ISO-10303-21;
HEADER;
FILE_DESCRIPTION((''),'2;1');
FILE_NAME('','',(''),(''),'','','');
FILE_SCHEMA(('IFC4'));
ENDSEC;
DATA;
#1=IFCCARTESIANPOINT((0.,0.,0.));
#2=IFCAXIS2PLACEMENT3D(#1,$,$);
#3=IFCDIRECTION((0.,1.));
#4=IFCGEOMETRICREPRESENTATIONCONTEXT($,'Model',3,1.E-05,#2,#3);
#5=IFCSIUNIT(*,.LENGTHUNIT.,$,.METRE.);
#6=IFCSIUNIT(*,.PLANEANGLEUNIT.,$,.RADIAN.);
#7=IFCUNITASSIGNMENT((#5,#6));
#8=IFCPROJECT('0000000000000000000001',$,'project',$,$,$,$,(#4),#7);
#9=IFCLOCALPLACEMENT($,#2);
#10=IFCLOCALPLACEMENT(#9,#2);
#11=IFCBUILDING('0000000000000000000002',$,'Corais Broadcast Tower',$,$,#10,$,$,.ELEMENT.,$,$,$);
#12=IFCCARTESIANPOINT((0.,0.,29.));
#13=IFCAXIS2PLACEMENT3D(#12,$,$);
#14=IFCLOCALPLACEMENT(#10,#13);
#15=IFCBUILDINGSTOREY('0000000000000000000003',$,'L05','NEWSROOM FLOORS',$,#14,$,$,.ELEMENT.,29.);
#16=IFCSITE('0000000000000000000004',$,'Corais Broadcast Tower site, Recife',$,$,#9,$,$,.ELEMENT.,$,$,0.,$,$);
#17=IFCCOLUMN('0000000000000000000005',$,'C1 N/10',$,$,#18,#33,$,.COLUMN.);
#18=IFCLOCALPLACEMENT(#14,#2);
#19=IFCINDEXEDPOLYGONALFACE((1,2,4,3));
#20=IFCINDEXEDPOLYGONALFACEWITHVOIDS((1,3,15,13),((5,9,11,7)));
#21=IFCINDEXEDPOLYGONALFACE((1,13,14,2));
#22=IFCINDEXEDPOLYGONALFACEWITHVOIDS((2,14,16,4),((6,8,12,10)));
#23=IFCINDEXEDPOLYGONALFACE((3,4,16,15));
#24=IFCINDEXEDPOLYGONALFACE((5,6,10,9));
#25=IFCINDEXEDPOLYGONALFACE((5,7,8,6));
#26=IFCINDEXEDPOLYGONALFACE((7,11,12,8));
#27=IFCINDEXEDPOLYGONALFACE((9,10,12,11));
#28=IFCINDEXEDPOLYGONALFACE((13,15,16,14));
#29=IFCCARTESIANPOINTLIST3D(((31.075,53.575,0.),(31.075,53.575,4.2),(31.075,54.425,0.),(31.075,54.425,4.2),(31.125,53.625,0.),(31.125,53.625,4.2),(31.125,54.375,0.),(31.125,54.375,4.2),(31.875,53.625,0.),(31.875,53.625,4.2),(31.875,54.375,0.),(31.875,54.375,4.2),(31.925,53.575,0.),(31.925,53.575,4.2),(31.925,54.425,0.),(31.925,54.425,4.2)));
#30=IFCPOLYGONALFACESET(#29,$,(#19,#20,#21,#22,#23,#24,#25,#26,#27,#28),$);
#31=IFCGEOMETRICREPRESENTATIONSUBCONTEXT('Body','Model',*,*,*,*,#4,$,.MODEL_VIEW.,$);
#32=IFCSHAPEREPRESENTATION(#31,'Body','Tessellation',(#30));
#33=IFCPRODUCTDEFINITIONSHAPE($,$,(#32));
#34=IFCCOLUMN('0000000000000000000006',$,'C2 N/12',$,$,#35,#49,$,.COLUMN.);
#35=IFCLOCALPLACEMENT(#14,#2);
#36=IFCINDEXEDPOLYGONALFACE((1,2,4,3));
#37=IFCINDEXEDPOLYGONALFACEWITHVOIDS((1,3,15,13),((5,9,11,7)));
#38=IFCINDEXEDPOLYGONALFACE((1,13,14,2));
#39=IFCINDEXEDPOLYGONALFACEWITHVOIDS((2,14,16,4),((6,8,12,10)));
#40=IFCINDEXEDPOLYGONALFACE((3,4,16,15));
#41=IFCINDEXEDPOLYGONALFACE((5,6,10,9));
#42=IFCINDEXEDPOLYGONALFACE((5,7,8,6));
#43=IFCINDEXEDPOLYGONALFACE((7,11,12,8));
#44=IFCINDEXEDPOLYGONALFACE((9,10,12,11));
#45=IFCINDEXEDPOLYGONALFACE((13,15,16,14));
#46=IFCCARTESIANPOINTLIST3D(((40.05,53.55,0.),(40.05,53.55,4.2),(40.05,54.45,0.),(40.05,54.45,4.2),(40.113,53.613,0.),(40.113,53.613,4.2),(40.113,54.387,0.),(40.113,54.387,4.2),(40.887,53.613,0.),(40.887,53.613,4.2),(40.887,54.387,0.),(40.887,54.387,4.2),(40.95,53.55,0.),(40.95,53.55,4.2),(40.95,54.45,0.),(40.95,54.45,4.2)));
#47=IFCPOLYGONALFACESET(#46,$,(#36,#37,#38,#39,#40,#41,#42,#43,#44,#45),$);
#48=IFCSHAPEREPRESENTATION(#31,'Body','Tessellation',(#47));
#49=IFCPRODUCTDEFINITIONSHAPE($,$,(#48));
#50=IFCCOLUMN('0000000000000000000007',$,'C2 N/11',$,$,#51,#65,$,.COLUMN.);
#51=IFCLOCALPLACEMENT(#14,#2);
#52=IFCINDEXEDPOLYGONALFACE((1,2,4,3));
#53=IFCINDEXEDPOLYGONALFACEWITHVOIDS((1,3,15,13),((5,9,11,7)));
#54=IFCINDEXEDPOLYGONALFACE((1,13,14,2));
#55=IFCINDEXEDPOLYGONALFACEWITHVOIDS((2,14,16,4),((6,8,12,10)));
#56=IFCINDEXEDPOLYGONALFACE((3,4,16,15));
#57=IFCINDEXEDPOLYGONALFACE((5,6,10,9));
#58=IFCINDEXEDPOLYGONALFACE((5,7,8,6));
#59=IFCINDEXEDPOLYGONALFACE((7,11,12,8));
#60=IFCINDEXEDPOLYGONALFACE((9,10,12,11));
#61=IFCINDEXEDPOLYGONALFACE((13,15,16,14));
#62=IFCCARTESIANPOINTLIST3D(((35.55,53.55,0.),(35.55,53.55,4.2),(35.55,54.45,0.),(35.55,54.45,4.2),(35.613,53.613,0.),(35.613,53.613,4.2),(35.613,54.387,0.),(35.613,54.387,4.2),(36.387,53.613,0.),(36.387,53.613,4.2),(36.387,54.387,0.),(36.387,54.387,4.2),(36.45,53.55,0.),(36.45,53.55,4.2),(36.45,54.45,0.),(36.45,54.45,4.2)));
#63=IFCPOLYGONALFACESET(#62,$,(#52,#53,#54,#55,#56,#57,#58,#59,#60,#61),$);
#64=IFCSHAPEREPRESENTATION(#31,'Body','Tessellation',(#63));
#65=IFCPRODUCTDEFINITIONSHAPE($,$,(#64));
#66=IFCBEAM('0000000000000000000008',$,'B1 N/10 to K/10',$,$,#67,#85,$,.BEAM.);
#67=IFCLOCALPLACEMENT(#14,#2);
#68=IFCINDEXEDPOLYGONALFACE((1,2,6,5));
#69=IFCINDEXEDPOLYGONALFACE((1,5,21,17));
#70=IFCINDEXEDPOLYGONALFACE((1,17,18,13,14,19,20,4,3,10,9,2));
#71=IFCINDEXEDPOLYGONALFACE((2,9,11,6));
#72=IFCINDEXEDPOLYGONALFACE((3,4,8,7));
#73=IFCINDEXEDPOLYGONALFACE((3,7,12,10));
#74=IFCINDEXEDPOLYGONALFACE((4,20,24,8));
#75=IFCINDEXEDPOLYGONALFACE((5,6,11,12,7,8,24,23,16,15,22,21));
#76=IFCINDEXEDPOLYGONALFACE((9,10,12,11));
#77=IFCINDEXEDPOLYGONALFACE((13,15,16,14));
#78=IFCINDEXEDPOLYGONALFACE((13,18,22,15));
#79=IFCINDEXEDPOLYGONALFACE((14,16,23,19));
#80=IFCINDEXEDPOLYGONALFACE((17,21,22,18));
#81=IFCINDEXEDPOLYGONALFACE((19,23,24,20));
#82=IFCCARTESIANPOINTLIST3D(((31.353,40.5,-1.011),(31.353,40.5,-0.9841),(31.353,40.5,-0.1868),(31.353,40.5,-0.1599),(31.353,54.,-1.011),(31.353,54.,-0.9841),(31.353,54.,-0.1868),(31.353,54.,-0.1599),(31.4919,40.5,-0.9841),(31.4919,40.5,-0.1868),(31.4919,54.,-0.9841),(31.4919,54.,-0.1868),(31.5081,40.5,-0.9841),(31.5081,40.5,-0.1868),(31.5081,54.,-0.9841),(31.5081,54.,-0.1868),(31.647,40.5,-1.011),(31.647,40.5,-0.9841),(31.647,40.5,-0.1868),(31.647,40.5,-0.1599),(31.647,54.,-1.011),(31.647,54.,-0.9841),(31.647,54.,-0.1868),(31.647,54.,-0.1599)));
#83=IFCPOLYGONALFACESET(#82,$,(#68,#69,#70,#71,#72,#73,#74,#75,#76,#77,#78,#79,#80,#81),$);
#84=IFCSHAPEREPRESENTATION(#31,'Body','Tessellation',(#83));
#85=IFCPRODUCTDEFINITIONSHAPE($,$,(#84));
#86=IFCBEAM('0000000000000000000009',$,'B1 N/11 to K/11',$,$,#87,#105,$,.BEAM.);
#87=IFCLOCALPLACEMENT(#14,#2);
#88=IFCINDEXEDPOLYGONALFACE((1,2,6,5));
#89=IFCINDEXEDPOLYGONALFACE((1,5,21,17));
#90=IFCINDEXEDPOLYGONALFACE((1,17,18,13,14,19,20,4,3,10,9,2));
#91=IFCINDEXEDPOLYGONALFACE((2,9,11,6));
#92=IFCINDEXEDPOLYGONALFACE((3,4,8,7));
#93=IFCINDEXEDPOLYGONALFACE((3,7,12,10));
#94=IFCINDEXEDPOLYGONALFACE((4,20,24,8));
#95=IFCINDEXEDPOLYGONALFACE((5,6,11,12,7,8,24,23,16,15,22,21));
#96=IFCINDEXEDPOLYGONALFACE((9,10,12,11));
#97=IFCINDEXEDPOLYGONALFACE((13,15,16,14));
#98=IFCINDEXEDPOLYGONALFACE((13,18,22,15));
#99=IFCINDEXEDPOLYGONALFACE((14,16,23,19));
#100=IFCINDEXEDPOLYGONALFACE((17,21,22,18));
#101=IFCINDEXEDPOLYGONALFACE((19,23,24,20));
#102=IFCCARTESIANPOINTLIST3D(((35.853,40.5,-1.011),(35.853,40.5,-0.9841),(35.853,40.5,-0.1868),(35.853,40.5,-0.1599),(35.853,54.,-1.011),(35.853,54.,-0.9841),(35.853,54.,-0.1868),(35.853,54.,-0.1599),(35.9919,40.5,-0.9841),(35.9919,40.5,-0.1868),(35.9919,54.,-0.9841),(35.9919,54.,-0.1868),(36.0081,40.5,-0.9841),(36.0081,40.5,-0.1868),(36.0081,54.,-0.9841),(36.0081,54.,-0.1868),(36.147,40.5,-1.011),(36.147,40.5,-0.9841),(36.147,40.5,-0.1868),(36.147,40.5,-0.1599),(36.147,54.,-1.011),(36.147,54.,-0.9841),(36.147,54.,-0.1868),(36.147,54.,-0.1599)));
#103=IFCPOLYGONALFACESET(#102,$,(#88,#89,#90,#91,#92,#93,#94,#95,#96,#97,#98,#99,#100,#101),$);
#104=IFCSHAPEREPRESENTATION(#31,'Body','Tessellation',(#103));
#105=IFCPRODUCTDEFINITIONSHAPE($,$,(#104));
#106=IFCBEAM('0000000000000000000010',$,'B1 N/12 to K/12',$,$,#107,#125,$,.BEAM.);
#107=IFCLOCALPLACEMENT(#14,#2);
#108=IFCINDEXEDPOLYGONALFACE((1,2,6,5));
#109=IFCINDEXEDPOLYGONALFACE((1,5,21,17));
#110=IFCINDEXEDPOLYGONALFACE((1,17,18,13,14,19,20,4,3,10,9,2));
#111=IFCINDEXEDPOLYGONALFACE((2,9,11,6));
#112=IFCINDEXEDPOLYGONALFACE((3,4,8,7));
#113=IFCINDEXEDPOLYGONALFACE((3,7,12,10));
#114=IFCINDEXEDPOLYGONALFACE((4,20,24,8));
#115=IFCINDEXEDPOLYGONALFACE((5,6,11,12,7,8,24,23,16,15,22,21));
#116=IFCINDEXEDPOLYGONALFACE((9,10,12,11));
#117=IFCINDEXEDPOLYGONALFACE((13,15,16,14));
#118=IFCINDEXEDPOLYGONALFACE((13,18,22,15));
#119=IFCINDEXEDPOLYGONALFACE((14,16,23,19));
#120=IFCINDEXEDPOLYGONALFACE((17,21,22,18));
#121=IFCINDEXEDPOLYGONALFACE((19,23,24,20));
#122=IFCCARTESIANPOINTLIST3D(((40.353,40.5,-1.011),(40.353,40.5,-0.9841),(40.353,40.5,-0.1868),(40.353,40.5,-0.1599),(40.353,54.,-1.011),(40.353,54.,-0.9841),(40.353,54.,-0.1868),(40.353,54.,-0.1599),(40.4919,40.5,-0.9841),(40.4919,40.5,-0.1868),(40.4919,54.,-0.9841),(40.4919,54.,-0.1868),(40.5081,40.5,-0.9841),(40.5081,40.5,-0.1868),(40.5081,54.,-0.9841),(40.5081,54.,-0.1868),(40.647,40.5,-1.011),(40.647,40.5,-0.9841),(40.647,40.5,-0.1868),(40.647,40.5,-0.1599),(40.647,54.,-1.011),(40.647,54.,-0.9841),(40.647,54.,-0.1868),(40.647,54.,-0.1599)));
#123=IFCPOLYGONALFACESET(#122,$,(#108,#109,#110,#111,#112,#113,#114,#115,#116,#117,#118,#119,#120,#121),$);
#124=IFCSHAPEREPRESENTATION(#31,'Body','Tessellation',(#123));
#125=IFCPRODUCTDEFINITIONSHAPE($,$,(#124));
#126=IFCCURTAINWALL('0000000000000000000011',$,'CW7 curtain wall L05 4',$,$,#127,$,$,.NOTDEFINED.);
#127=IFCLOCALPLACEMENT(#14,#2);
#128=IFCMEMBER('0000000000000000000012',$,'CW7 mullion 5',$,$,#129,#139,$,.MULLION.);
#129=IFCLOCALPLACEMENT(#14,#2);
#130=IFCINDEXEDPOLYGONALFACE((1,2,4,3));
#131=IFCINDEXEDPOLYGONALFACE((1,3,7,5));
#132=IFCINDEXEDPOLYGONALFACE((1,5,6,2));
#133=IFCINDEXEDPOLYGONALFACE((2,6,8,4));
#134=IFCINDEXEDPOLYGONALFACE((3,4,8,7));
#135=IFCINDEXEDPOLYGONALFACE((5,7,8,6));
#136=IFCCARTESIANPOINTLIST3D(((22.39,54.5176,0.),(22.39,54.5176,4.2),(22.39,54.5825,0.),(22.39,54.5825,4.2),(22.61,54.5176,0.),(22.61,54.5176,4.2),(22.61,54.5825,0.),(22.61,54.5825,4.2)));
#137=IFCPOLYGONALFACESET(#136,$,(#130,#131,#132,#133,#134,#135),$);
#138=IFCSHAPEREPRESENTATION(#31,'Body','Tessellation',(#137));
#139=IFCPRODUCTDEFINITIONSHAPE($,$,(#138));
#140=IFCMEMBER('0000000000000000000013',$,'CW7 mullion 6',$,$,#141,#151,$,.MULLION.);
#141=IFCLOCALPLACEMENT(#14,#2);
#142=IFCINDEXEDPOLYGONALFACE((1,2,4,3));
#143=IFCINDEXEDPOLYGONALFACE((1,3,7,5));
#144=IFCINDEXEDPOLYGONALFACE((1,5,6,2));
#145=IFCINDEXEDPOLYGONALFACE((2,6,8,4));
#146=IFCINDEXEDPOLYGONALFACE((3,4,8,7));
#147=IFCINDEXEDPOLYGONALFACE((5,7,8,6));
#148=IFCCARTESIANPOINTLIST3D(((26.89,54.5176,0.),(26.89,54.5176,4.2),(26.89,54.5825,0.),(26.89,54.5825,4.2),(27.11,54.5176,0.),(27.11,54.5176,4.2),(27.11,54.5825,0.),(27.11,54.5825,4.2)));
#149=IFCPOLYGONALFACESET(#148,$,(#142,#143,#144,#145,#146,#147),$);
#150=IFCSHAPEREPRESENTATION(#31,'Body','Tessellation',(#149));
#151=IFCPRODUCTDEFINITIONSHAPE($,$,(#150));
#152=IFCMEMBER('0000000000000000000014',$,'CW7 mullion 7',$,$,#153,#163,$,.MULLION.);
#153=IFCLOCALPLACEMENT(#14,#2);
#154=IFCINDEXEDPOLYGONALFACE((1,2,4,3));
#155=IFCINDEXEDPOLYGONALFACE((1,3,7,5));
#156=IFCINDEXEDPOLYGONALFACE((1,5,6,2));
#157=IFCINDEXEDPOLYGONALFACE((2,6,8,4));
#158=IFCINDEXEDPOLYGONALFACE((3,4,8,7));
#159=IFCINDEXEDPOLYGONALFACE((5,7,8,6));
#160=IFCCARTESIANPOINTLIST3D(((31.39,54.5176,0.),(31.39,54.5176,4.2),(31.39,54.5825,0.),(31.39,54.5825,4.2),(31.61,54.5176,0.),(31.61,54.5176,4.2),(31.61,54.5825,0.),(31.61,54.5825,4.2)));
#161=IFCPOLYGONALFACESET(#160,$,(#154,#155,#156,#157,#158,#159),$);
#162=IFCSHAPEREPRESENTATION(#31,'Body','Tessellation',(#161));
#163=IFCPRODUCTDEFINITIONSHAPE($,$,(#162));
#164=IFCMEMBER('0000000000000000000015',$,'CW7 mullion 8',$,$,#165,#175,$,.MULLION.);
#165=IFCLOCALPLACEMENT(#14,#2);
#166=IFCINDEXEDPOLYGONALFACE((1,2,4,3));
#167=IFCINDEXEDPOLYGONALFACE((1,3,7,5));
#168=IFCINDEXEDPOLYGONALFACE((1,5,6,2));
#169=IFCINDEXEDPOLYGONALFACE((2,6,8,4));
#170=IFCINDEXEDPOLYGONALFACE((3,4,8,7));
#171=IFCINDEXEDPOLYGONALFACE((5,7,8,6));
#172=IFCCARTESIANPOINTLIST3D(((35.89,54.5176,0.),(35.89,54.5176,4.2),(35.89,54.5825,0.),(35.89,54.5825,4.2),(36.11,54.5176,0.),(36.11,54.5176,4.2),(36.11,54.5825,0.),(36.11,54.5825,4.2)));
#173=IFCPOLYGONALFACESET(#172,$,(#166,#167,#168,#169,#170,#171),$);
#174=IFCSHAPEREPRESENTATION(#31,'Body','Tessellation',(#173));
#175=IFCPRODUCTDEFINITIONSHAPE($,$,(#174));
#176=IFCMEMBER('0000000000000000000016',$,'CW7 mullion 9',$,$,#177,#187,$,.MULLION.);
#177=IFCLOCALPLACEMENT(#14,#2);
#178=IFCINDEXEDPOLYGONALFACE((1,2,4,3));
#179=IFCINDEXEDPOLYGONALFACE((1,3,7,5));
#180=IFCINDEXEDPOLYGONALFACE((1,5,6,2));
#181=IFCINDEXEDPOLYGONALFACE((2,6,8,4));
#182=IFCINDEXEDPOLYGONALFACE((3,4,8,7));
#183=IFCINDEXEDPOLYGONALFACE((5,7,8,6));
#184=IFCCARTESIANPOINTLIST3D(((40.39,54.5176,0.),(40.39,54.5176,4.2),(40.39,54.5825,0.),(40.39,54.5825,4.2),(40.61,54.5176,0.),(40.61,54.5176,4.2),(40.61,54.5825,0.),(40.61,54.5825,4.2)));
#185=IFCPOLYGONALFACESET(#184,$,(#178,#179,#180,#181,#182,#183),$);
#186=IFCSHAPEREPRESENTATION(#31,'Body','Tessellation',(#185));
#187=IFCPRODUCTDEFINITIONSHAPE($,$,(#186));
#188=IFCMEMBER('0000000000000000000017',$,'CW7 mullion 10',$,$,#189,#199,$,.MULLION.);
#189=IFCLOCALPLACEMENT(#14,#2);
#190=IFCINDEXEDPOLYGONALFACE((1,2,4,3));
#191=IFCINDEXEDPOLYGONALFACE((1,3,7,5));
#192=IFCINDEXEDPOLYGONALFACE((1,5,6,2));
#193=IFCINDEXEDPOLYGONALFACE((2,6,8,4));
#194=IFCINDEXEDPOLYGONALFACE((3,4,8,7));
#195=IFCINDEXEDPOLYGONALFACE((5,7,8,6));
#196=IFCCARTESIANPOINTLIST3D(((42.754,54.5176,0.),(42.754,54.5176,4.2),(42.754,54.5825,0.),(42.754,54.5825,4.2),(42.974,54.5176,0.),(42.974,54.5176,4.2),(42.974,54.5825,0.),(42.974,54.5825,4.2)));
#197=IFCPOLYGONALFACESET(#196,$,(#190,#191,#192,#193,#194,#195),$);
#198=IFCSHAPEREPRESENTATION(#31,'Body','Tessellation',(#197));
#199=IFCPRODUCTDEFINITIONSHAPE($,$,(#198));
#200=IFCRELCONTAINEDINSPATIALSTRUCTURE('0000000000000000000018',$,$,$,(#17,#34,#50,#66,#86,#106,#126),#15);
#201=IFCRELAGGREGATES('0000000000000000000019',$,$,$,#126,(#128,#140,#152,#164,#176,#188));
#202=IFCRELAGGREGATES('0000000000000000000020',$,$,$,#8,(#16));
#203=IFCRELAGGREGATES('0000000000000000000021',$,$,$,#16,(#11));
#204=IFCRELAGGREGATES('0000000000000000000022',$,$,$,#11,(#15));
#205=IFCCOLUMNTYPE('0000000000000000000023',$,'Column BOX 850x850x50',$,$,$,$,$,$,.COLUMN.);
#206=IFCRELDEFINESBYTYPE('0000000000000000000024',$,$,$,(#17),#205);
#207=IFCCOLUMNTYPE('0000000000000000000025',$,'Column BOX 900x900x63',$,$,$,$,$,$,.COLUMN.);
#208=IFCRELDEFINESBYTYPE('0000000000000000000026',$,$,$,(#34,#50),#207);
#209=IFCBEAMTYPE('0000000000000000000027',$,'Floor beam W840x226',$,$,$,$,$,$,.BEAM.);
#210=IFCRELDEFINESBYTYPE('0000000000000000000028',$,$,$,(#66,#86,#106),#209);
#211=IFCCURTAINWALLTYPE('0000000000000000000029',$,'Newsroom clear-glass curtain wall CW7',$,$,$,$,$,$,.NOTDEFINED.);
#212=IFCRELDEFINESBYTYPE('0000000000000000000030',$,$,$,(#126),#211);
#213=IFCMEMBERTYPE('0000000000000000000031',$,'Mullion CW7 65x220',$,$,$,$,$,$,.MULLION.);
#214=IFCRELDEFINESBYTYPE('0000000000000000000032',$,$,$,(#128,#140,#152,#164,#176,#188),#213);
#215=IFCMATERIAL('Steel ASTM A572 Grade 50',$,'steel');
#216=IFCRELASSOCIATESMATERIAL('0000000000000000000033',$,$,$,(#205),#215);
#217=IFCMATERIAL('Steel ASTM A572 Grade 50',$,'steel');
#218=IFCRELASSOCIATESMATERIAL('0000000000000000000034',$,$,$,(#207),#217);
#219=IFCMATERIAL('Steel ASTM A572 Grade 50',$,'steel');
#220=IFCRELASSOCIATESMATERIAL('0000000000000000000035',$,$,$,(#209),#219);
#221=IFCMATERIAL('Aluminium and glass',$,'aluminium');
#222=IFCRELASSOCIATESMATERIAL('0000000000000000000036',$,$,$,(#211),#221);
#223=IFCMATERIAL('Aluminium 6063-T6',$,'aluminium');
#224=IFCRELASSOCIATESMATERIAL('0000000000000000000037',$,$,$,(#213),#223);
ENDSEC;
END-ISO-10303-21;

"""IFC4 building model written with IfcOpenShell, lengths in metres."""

from ifc_helpers import new_model, si_unit, direction, frame, origin, origin_2d, place, context, subcontext, project, spatial, rectangle, hollow_rectangle, i_section, extrude, material, material_profile, profile_set, type_object, element, aggregate, save


model = new_model("IFC4")

# Units and contexts
model_context = context("Model", 3, precision=1e-05, world=origin(), true_north=direction((0.0, 1.0)))
body_context = subcontext(model_context, "Body", "Model", "MODEL_VIEW")
ifc_project = project(units=[si_unit("LENGTHUNIT", "METRE"), si_unit("PLANEANGLEUNIT", "RADIAN")], contexts=[model_context])

# Site, building, storey
site_placement = place(None, origin())
site = spatial("IfcSite", under=ifc_project, at=site_placement, Name="Corais Broadcast Tower site, Recife", CompositionType="ELEMENT", RefElevation=0.0)
building_placement = place(site_placement, origin())
building = spatial("IfcBuilding", under=site, at=building_placement, Name="Corais Broadcast Tower", CompositionType="ELEMENT")
storey_placement = place(building_placement, frame((0.0, 0.0, 29.0)))
storey = spatial("IfcBuildingStorey", under=building, at=storey_placement, Name="L05", Description="NEWSROOM FLOORS", CompositionType="ELEMENT", Elevation=29.0)

# Columns
ifc_material_1 = material(Name="Steel ASTM A572 Grade 50", Category="steel")
ifc_material_profile_1 = material_profile(ifc_material_1, hollow_rectangle(XDim=0.8501, YDim=0.8501, WallThickness=0.05, at=origin_2d()), Name="BOX 850x850x50")
ifc_profile_set_1 = profile_set([ifc_material_profile_1], Name="Steel ASTM A572 Grade 50")
column_type_1 = type_object("IfcColumnType", Name="Column BOX 850x850x50", PredefinedType="COLUMN", material=ifc_profile_set_1)
column_placement = place(storey_placement, frame((31.5, 54.0, 0.0), z_axis=(0.0, 0.0, 1.0), x_axis=(1.0, 0.0, 0.0)))
element("IfcColumn", 1, at=column_placement, inside=storey, type_object=column_type_1, Name="C1 N/10", PredefinedType="COLUMN", context=body_context, shape_type="SweptSolid", body=[
    extrude(hollow_rectangle(XDim=0.8501, YDim=0.8501, WallThickness=0.05, at=origin_2d()), origin(), (0.0, 0.0, 1.0), 4.2),
])
ifc_material_2 = material(Name="Steel ASTM A572 Grade 50", Category="steel")
ifc_material_profile_2 = material_profile(ifc_material_2, hollow_rectangle(XDim=0.8999, YDim=0.8999, WallThickness=0.063, at=origin_2d()), Name="BOX 900x900x63")
ifc_profile_set_2 = profile_set([ifc_material_profile_2], Name="Steel ASTM A572 Grade 50")
column_type_2 = type_object("IfcColumnType", Name="Column BOX 900x900x63", PredefinedType="COLUMN", material=ifc_profile_set_2)
for number, where, z_axis, x_axis, name in (
    (2, (40.5, 54.0, 0.0), (0.0, 0.0, 1.0), (1.0, 0.0, 0.0), "C2 N/12"),
    (3, (36.0, 54.0, 0.0), (0.0, 0.0, 1.0), (1.0, 0.0, 0.0), "C2 N/11"),
):
    element("IfcColumn", number, at=place(storey_placement, frame(where, z_axis=z_axis, x_axis=x_axis)), inside=storey, type_object=column_type_2, Name=name, PredefinedType="COLUMN", context=body_context, shape_type="SweptSolid", body=[
        extrude(hollow_rectangle(XDim=0.8999, YDim=0.8999, WallThickness=0.063, at=origin_2d()), origin(), (0.0, 0.0, 1.0), 4.2),
    ])

# Beams
ifc_material_3 = material(Name="Steel ASTM A572 Grade 50", Category="steel")
ifc_material_profile_3 = material_profile(ifc_material_3, i_section(OverallWidth=0.2939, OverallDepth=0.8511, WebThickness=0.0161, FlangeThickness=0.0269, at=origin_2d()), Name="W840x226")
ifc_profile_set_3 = profile_set([ifc_material_profile_3], Name="Steel ASTM A572 Grade 50")
beam_type_1 = type_object("IfcBeamType", Name="Floor beam W840x226", PredefinedType="BEAM", material=ifc_profile_set_3)
for number, where, z_axis, x_axis, name in (
    (4, (31.5, 54.0, -0.5854), (0.0, -1.0, 0.0), (1.0, 0.0, 0.0), "B1 N/10 to K/10"),
    (5, (36.0, 54.0, -0.5854), (0.0, -1.0, 0.0), (1.0, 0.0, 0.0), "B1 N/11 to K/11"),
    (6, (40.5, 54.0, -0.5854), (0.0, -1.0, 0.0), (1.0, 0.0, 0.0), "B1 N/12 to K/12"),
):
    element("IfcBeam", number, at=place(storey_placement, frame(where, z_axis=z_axis, x_axis=x_axis)), inside=storey, type_object=beam_type_1, Name=name, PredefinedType="BEAM", context=body_context, shape_type="SweptSolid", body=[
        extrude(i_section(OverallWidth=0.2939, OverallDepth=0.8511, WebThickness=0.0161, FlangeThickness=0.0269, at=origin_2d()), origin(), (0.0, 0.0, 1.0), 13.5),
    ])

# Curtain wall, members
ifc_material_4 = material(Name="Aluminium and glass", Category="aluminium")
curtain_wall_type = type_object("IfcCurtainWallType", Name="Newsroom clear-glass curtain wall CW7", PredefinedType="NOTDEFINED", material=ifc_material_4)
curtain_wall_placement = place(storey_placement, origin())
curtain_wall = element("IfcCurtainWall", 7, at=curtain_wall_placement, inside=storey, type_object=curtain_wall_type, Name="CW7 curtain wall L05 4", PredefinedType="NOTDEFINED")
ifc_material_5 = material(Name="Aluminium 6063-T6", Category="aluminium")
ifc_material_profile_4 = material_profile(ifc_material_5, rectangle(XDim=0.0649, YDim=0.22, at=origin_2d()), Name="Mullion CW7 65x220")
ifc_profile_set_4 = profile_set([ifc_material_profile_4], Name="Aluminium 6063-T6")
member_type_1 = type_object("IfcMemberType", Name="Mullion CW7 65x220", PredefinedType="MULLION", material=ifc_profile_set_4)
member_1_placement = place(storey_placement, frame((22.5, 54.55, 0.0), z_axis=(0.0, 0.0, 1.0), x_axis=(0.0, 1.0, 0.0)))
member_1 = element("IfcMember", 8, at=member_1_placement, type_object=member_type_1, Name="CW7 mullion 5", PredefinedType="MULLION", context=body_context, shape_type="SweptSolid", body=[
    extrude(rectangle(XDim=0.0649, YDim=0.22, at=origin_2d()), origin(), (0.0, 0.0, 1.0), 4.2),
])
member_2_placement = place(storey_placement, frame((27.0, 54.55, 0.0), z_axis=(0.0, 0.0, 1.0), x_axis=(0.0, 1.0, 0.0)))
member_2 = element("IfcMember", 9, at=member_2_placement, type_object=member_type_1, Name="CW7 mullion 6", PredefinedType="MULLION", context=body_context, shape_type="SweptSolid", body=[
    extrude(rectangle(XDim=0.0649, YDim=0.22, at=origin_2d()), origin(), (0.0, 0.0, 1.0), 4.2),
])
member_3_placement = place(storey_placement, frame((31.5, 54.55, 0.0), z_axis=(0.0, 0.0, 1.0), x_axis=(0.0, 1.0, 0.0)))
member_3 = element("IfcMember", 10, at=member_3_placement, type_object=member_type_1, Name="CW7 mullion 7", PredefinedType="MULLION", context=body_context, shape_type="SweptSolid", body=[
    extrude(rectangle(XDim=0.0649, YDim=0.22, at=origin_2d()), origin(), (0.0, 0.0, 1.0), 4.2),
])
member_4_placement = place(storey_placement, frame((36.0, 54.55, 0.0), z_axis=(0.0, 0.0, 1.0), x_axis=(0.0, 1.0, 0.0)))
member_4 = element("IfcMember", 11, at=member_4_placement, type_object=member_type_1, Name="CW7 mullion 8", PredefinedType="MULLION", context=body_context, shape_type="SweptSolid", body=[
    extrude(rectangle(XDim=0.0649, YDim=0.22, at=origin_2d()), origin(), (0.0, 0.0, 1.0), 4.2),
])
member_5_placement = place(storey_placement, frame((40.5, 54.55, 0.0), z_axis=(0.0, 0.0, 1.0), x_axis=(0.0, 1.0, 0.0)))
member_5 = element("IfcMember", 12, at=member_5_placement, type_object=member_type_1, Name="CW7 mullion 9", PredefinedType="MULLION", context=body_context, shape_type="SweptSolid", body=[
    extrude(rectangle(XDim=0.0649, YDim=0.22, at=origin_2d()), origin(), (0.0, 0.0, 1.0), 4.2),
])
member_6_placement = place(storey_placement, frame((42.864, 54.55, 0.0), z_axis=(0.0, 0.0, 1.0), x_axis=(0.0, 1.0, 0.0)))
member_6 = element("IfcMember", 13, at=member_6_placement, type_object=member_type_1, Name="CW7 mullion 10", PredefinedType="MULLION", context=body_context, shape_type="SweptSolid", body=[
    extrude(rectangle(XDim=0.0649, YDim=0.22, at=origin_2d()), origin(), (0.0, 0.0, 1.0), 4.2),
])

aggregate(curtain_wall, [member_1, member_2, member_3, member_4, member_5, member_6])

save(model, "model.ifc")
